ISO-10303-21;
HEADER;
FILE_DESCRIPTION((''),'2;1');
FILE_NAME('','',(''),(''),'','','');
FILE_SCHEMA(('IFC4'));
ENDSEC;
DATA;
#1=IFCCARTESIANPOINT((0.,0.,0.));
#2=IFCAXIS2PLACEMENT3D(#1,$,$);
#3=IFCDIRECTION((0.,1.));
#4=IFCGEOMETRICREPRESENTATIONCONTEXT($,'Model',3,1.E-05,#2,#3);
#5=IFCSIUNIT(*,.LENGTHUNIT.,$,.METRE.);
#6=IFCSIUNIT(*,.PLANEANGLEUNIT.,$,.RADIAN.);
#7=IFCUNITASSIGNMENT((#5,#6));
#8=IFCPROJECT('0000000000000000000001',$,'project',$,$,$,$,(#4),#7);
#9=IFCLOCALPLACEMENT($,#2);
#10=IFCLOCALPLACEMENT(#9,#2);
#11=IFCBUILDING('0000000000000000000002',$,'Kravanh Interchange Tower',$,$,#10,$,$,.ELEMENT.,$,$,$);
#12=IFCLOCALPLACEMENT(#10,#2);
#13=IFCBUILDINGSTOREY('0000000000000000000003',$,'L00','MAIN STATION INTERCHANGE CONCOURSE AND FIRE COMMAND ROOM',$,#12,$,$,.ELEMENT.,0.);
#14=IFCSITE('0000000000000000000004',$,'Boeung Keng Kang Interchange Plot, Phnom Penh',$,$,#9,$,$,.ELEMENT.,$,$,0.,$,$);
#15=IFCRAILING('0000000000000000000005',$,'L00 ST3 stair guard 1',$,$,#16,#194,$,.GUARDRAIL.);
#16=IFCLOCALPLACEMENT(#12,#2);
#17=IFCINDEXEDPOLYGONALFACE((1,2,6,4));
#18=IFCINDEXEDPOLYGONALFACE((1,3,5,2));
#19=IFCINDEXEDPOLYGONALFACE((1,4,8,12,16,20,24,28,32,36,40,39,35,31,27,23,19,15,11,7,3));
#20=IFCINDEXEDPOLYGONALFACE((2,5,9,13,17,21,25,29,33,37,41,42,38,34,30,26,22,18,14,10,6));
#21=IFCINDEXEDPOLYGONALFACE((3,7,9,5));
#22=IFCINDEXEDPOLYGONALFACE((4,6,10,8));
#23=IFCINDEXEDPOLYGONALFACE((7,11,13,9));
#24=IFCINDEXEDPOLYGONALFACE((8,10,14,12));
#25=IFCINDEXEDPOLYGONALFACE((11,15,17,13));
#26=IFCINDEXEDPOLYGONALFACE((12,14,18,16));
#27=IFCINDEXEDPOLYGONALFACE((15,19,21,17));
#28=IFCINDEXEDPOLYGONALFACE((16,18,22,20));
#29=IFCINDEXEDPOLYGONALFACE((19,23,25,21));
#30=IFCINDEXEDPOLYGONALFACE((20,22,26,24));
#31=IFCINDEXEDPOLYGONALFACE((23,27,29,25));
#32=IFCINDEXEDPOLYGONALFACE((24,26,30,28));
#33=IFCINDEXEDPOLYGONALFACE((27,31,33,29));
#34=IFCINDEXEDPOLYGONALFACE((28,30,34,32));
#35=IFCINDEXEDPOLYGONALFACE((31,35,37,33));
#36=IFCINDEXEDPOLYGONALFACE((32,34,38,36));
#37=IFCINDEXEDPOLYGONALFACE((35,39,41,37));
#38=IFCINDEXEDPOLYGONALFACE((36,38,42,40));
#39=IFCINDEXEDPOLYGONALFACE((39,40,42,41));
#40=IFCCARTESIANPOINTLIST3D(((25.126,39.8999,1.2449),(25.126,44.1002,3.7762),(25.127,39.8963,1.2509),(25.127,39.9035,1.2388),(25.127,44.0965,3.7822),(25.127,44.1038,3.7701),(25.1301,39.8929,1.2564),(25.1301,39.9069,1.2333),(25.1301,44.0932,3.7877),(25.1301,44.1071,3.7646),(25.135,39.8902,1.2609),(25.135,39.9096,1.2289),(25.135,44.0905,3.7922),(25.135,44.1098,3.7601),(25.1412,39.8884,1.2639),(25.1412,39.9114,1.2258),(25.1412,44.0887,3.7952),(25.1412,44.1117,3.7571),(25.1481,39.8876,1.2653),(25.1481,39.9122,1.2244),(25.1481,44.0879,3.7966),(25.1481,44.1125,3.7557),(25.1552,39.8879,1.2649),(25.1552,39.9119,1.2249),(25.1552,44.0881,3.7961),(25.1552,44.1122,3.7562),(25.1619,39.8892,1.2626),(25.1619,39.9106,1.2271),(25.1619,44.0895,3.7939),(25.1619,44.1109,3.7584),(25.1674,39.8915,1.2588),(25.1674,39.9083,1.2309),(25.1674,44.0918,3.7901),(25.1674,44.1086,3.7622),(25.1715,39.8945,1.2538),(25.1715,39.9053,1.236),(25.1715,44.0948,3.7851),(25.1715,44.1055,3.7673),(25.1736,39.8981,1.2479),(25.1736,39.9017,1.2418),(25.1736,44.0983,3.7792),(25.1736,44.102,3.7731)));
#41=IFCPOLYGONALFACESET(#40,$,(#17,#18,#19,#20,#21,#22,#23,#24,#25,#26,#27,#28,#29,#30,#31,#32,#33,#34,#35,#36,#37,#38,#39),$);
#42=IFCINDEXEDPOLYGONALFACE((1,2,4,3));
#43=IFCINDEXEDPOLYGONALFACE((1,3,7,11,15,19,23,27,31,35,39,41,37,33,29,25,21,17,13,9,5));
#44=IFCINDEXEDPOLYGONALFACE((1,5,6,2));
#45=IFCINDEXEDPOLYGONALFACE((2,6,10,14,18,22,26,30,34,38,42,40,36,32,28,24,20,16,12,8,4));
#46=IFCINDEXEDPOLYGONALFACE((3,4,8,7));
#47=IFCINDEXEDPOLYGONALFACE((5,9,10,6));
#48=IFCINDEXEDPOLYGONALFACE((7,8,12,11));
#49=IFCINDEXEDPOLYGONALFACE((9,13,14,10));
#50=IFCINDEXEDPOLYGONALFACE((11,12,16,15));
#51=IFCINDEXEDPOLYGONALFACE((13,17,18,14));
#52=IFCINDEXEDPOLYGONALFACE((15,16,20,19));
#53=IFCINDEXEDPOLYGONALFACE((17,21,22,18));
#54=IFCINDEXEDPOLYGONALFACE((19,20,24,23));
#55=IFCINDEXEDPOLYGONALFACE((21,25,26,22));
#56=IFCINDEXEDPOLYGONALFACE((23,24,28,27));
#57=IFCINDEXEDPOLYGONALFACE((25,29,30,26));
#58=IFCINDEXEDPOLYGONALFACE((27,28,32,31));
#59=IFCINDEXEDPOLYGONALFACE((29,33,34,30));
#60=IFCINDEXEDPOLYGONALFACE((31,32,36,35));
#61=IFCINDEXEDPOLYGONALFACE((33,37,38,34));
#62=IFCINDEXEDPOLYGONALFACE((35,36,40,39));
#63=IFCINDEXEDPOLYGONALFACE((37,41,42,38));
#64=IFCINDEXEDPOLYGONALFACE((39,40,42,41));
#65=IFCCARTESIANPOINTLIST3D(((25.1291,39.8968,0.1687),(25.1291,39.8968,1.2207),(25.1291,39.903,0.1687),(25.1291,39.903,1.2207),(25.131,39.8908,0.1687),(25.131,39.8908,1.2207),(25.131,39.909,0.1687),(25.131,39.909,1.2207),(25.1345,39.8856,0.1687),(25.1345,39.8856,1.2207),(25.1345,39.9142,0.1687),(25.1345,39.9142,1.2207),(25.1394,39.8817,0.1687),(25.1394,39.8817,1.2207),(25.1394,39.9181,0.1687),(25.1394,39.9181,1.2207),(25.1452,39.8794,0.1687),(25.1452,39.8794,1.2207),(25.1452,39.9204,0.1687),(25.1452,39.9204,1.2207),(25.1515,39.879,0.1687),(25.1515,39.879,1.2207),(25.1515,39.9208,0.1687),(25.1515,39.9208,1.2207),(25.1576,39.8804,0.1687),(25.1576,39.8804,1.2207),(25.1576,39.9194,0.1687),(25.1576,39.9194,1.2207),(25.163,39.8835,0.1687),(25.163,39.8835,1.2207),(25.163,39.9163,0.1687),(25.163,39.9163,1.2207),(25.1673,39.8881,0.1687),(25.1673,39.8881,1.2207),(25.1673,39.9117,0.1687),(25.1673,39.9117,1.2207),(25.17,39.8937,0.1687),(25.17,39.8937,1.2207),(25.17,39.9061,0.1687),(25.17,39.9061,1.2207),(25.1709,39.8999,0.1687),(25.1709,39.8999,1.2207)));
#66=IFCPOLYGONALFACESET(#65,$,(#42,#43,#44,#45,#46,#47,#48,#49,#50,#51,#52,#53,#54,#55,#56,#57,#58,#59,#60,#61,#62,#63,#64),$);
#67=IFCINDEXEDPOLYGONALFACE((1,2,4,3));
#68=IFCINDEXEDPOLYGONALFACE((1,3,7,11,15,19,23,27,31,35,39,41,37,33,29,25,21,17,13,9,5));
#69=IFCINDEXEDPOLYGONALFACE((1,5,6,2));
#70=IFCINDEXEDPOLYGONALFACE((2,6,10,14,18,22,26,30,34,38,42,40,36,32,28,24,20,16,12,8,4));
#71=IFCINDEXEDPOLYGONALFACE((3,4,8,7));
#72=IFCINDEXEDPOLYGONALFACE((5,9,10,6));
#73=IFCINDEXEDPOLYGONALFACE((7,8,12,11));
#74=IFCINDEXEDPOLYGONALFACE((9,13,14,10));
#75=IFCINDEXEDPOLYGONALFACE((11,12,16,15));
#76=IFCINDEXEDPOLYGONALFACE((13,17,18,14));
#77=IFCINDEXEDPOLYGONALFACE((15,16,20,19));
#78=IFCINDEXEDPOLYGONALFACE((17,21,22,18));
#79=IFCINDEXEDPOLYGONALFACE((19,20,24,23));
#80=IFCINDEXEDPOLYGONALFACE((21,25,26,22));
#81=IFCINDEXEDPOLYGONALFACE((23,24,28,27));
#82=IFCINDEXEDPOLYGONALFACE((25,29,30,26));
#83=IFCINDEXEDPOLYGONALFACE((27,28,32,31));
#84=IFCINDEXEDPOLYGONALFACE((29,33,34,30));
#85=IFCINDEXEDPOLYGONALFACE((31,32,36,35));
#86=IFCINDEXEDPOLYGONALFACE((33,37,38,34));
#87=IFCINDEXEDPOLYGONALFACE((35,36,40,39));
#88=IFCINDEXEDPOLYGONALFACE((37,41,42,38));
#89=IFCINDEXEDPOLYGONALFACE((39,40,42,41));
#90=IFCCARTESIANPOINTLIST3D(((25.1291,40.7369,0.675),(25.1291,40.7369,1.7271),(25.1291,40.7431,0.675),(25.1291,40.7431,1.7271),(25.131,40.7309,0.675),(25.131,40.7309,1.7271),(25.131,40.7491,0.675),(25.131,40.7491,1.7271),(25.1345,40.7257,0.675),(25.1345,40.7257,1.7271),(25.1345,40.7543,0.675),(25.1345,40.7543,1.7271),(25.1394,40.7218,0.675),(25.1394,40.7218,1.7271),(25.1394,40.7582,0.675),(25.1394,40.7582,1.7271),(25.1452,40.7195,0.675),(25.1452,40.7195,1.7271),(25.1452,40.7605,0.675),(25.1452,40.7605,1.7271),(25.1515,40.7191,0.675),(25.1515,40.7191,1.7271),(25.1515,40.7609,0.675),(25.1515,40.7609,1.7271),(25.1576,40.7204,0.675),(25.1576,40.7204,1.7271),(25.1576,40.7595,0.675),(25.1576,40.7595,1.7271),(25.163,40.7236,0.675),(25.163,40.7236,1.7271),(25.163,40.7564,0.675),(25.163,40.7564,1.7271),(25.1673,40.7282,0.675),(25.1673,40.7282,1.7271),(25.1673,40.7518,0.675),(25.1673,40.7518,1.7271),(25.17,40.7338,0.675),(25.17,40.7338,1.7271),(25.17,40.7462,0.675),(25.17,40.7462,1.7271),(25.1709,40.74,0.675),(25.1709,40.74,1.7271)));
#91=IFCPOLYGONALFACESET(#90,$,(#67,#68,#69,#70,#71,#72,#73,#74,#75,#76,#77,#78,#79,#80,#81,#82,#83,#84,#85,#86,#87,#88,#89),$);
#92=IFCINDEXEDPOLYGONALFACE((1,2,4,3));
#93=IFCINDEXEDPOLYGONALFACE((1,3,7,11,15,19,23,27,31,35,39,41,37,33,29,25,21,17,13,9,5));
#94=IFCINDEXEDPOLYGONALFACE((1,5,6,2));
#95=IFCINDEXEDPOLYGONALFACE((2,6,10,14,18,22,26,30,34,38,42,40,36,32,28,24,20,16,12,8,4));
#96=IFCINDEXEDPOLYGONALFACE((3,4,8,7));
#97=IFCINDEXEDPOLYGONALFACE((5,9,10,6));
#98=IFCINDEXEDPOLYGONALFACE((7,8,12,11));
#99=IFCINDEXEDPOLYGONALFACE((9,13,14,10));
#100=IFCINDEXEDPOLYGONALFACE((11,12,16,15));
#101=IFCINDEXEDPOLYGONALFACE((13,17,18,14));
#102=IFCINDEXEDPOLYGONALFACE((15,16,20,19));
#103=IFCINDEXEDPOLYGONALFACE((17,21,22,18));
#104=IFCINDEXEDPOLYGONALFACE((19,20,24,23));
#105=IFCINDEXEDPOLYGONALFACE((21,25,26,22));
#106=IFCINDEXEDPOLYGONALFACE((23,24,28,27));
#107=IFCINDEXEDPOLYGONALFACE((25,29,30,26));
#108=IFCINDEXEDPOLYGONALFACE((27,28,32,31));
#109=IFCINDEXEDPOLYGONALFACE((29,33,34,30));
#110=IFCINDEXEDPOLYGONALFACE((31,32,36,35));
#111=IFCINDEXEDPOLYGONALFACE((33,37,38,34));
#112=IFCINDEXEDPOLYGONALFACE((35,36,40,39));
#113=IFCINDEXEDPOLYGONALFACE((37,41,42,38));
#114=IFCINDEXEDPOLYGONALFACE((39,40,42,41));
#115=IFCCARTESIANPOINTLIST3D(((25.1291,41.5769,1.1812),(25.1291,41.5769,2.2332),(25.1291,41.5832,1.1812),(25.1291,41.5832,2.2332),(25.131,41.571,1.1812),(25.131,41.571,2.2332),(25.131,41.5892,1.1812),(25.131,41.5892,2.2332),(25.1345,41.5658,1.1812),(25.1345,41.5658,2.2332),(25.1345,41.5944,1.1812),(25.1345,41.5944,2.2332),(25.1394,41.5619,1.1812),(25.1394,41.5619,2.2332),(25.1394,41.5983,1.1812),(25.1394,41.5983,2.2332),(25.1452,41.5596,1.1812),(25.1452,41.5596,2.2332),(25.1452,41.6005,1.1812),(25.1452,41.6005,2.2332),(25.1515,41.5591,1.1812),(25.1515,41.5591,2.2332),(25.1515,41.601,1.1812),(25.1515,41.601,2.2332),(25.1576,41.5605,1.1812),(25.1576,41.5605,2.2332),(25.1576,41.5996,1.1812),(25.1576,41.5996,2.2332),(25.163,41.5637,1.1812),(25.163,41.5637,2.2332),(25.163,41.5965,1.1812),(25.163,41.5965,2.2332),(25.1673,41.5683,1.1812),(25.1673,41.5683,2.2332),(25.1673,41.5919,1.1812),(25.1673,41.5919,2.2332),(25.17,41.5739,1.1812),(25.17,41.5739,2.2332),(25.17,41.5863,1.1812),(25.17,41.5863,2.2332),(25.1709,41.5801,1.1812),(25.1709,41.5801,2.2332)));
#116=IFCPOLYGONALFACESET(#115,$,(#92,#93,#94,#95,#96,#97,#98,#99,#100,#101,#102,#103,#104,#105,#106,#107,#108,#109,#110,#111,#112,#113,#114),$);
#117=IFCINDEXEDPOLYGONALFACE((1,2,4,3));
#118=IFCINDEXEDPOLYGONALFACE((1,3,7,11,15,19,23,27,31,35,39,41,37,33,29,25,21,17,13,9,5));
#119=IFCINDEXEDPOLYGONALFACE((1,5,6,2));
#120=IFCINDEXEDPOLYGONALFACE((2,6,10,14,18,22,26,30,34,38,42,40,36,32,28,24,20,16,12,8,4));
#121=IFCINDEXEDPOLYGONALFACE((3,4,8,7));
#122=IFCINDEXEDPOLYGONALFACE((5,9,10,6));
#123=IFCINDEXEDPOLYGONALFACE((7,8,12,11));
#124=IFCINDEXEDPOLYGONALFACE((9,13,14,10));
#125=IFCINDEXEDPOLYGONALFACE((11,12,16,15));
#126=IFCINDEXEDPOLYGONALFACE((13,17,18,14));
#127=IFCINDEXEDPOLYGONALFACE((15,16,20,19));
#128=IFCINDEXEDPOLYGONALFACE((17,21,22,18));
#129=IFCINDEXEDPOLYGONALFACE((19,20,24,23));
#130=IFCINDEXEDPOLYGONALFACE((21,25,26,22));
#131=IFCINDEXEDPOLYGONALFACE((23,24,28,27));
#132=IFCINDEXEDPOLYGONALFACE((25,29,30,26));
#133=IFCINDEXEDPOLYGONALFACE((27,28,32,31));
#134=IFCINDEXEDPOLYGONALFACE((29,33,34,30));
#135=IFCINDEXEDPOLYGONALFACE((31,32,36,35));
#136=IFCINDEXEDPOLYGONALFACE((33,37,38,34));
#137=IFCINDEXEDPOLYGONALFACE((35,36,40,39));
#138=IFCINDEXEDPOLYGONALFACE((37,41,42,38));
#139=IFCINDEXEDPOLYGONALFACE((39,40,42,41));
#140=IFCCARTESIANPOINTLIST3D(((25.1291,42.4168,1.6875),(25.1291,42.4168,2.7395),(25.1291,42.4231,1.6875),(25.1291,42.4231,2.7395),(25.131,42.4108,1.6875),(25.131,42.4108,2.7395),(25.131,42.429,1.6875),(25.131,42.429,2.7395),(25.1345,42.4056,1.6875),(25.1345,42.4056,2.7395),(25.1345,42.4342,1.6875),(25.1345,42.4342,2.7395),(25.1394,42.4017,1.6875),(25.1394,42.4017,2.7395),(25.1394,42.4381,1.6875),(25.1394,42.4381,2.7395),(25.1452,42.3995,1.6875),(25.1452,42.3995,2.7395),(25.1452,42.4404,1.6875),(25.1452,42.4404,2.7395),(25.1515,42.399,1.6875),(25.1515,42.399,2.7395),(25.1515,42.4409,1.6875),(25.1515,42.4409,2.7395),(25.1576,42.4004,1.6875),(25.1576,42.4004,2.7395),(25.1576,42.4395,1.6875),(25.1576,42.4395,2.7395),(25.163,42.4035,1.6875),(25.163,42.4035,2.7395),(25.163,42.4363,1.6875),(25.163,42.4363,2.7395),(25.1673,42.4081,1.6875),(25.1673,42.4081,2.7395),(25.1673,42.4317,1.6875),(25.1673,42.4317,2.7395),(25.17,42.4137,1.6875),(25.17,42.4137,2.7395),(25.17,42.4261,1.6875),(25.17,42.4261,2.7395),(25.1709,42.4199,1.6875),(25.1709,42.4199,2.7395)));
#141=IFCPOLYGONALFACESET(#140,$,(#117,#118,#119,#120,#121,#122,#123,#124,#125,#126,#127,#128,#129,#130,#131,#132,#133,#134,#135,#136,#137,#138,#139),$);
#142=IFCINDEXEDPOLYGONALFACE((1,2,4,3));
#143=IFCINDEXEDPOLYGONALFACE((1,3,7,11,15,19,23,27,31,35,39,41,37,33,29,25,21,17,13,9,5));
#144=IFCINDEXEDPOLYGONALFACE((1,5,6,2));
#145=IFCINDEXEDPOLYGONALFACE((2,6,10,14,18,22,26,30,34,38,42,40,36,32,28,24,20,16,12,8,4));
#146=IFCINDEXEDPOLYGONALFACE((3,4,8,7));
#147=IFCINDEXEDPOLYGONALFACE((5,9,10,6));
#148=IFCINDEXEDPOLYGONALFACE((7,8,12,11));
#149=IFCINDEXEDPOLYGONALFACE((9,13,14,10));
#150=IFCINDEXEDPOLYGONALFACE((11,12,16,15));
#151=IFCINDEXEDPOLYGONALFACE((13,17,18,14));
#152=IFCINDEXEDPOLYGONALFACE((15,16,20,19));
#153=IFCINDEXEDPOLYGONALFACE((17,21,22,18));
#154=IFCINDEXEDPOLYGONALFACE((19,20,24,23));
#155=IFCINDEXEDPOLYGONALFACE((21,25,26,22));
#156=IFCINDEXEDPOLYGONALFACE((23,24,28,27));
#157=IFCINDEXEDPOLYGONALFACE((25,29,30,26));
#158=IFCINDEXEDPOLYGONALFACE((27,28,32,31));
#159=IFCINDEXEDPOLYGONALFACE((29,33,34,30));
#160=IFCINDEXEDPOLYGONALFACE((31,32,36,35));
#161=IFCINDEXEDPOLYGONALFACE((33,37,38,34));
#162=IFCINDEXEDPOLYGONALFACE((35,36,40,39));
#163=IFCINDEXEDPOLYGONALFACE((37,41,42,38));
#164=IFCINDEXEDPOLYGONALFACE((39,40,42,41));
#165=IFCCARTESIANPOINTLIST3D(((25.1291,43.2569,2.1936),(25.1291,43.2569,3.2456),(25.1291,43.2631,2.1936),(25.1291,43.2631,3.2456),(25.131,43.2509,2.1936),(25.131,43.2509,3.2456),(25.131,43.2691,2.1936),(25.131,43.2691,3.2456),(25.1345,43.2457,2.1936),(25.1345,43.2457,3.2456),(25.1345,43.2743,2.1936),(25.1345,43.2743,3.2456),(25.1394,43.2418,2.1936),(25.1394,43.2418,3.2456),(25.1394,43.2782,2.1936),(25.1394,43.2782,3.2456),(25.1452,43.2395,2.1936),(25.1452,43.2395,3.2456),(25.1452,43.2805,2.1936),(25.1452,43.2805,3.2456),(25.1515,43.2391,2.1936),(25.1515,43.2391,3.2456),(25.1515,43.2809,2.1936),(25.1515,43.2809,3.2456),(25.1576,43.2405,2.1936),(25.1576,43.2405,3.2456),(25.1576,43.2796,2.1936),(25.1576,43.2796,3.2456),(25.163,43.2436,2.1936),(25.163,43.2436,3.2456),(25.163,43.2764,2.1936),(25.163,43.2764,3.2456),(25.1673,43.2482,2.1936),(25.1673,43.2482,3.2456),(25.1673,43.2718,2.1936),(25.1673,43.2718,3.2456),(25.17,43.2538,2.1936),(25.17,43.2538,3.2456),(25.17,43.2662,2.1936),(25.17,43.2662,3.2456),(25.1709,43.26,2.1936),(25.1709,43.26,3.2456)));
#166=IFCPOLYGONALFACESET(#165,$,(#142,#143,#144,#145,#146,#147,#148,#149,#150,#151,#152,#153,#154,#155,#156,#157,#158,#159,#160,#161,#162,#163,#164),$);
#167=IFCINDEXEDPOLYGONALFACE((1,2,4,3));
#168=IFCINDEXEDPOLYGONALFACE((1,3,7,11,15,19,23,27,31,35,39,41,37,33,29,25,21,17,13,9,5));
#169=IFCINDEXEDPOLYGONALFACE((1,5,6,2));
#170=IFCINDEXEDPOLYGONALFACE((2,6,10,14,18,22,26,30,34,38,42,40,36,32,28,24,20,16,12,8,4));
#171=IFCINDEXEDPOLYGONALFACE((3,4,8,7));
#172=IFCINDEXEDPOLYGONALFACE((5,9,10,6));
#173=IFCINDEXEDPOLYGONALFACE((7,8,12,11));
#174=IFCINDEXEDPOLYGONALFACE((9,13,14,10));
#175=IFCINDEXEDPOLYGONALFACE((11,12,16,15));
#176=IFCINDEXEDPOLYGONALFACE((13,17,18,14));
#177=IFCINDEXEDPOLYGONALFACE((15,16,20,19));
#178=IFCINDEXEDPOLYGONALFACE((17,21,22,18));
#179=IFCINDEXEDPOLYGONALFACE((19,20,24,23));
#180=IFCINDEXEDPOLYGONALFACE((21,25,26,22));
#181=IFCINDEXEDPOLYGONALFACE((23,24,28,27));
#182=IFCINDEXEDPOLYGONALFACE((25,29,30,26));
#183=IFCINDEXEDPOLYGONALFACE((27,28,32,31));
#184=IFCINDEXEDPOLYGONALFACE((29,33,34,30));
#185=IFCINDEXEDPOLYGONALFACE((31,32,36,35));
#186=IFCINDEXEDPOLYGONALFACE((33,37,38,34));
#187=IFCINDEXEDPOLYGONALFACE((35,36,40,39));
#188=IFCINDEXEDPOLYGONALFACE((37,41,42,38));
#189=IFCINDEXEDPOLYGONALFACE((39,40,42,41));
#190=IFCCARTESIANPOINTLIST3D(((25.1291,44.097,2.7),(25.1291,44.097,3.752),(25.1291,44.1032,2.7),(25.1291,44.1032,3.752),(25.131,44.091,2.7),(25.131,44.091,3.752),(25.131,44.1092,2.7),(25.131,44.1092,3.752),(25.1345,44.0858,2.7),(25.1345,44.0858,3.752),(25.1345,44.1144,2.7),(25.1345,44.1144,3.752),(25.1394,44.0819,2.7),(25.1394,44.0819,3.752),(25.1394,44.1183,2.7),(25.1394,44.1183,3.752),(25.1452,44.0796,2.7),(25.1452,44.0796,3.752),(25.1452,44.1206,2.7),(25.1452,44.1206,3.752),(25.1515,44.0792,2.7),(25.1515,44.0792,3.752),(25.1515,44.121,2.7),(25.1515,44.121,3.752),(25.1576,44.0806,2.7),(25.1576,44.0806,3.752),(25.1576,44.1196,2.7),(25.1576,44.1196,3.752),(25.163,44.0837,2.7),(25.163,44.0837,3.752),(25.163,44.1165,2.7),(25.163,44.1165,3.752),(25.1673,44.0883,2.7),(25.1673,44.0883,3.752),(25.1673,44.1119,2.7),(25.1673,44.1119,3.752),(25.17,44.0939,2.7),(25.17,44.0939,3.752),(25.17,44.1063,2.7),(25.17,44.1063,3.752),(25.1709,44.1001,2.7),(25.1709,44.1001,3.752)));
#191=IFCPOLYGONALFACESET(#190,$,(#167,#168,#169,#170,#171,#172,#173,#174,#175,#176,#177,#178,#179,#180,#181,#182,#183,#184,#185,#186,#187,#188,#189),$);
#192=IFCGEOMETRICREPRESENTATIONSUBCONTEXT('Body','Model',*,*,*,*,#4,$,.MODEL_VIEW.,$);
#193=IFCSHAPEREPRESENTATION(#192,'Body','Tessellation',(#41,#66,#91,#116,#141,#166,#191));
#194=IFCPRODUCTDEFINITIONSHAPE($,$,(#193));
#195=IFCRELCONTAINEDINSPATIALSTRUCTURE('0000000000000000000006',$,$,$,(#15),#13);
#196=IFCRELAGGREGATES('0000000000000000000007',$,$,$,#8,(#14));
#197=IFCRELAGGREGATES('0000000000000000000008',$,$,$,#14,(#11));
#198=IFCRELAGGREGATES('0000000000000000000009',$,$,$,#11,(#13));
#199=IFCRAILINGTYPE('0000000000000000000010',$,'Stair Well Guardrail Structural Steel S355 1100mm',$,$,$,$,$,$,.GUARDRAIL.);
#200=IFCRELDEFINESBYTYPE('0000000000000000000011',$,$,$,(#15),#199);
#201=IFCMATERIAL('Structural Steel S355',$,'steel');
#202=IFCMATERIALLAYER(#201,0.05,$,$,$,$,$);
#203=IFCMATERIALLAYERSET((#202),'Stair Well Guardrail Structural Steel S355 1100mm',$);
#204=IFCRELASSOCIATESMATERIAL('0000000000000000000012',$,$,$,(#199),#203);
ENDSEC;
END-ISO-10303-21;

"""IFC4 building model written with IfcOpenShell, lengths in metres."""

from ifc_helpers import new_model, si_unit, direction, frame, origin, origin_2d, place, context, subcontext, project, spatial, circle, extrude, material, layer, layer_set, type_object, element, save


model = new_model("IFC4")

# Units and contexts
model_context = context("Model", 3, precision=1e-05, world=origin(), true_north=direction((0.0, 1.0)))
body_context = subcontext(model_context, "Body", "Model", "MODEL_VIEW")
ifc_project = project(units=[si_unit("LENGTHUNIT", "METRE"), si_unit("PLANEANGLEUNIT", "RADIAN")], contexts=[model_context])

# Site, building, storey
site_placement = place(None, origin())
site = spatial("IfcSite", under=ifc_project, at=site_placement, Name="Boeung Keng Kang Interchange Plot, Phnom Penh", CompositionType="ELEMENT", RefElevation=0.0)
building_placement = place(site_placement, origin())
building = spatial("IfcBuilding", under=site, at=building_placement, Name="Kravanh Interchange Tower", CompositionType="ELEMENT")
storey_placement = place(building_placement, origin())
storey = spatial("IfcBuildingStorey", under=building, at=storey_placement, Name="L00", Description="MAIN STATION INTERCHANGE CONCOURSE AND FIRE COMMAND ROOM", CompositionType="ELEMENT", Elevation=0.0)

# Railing
ifc_material_1 = material(Name="Structural Steel S355", Category="steel")
ifc_layer_1 = layer(ifc_material_1, 0.05)
ifc_layer_set_1 = layer_set([ifc_layer_1], Name="Stair Well Guardrail Structural Steel S355 1100mm")
railing_type_1 = type_object("IfcRailingType", Name="Stair Well Guardrail Structural Steel S355 1100mm", PredefinedType="GUARDRAIL", material=ifc_layer_set_1)
railing_1_placement = place(storey_placement, frame((25.1499, 39.8999, 0.1687)))
element("IfcRailing", 1, at=railing_1_placement, inside=storey, type_object=railing_type_1, Name="L00 ST3 stair guard 1", PredefinedType="GUARDRAIL", context=body_context, shape_type="SweptSolid", body=[
    extrude(circle(Radius=0.0239, at=origin_2d()), frame((0.0, 0.0, 1.0762), z_axis=(0.0, 0.85649, 0.516164), x_axis=(-1.0, 0.0, 0.0)), (0.0, 0.0, 1.0), 4.9041),
    extrude(circle(Radius=0.021, at=origin_2d()), origin(), (0.0, 0.0, 1.0), 1.052),
    extrude(circle(Radius=0.021, at=origin_2d()), frame((0.0, 0.8401, 0.5063)), (0.0, 0.0, 1.0), 1.052),
    extrude(circle(Radius=0.021, at=origin_2d()), frame((0.0, 1.6802, 1.0125)), (0.0, 0.0, 1.0), 1.052),
    extrude(circle(Radius=0.021, at=origin_2d()), frame((0.0, 2.52, 1.5188)), (0.0, 0.0, 1.0), 1.052),
    extrude(circle(Radius=0.021, at=origin_2d()), frame((0.0, 3.3601, 2.0249)), (0.0, 0.0, 1.0), 1.052),
    extrude(circle(Radius=0.021, at=origin_2d()), frame((0.0, 4.2002, 2.5312)), (0.0, 0.0, 1.0), 1.052),
])

save(model, "model.ifc")
